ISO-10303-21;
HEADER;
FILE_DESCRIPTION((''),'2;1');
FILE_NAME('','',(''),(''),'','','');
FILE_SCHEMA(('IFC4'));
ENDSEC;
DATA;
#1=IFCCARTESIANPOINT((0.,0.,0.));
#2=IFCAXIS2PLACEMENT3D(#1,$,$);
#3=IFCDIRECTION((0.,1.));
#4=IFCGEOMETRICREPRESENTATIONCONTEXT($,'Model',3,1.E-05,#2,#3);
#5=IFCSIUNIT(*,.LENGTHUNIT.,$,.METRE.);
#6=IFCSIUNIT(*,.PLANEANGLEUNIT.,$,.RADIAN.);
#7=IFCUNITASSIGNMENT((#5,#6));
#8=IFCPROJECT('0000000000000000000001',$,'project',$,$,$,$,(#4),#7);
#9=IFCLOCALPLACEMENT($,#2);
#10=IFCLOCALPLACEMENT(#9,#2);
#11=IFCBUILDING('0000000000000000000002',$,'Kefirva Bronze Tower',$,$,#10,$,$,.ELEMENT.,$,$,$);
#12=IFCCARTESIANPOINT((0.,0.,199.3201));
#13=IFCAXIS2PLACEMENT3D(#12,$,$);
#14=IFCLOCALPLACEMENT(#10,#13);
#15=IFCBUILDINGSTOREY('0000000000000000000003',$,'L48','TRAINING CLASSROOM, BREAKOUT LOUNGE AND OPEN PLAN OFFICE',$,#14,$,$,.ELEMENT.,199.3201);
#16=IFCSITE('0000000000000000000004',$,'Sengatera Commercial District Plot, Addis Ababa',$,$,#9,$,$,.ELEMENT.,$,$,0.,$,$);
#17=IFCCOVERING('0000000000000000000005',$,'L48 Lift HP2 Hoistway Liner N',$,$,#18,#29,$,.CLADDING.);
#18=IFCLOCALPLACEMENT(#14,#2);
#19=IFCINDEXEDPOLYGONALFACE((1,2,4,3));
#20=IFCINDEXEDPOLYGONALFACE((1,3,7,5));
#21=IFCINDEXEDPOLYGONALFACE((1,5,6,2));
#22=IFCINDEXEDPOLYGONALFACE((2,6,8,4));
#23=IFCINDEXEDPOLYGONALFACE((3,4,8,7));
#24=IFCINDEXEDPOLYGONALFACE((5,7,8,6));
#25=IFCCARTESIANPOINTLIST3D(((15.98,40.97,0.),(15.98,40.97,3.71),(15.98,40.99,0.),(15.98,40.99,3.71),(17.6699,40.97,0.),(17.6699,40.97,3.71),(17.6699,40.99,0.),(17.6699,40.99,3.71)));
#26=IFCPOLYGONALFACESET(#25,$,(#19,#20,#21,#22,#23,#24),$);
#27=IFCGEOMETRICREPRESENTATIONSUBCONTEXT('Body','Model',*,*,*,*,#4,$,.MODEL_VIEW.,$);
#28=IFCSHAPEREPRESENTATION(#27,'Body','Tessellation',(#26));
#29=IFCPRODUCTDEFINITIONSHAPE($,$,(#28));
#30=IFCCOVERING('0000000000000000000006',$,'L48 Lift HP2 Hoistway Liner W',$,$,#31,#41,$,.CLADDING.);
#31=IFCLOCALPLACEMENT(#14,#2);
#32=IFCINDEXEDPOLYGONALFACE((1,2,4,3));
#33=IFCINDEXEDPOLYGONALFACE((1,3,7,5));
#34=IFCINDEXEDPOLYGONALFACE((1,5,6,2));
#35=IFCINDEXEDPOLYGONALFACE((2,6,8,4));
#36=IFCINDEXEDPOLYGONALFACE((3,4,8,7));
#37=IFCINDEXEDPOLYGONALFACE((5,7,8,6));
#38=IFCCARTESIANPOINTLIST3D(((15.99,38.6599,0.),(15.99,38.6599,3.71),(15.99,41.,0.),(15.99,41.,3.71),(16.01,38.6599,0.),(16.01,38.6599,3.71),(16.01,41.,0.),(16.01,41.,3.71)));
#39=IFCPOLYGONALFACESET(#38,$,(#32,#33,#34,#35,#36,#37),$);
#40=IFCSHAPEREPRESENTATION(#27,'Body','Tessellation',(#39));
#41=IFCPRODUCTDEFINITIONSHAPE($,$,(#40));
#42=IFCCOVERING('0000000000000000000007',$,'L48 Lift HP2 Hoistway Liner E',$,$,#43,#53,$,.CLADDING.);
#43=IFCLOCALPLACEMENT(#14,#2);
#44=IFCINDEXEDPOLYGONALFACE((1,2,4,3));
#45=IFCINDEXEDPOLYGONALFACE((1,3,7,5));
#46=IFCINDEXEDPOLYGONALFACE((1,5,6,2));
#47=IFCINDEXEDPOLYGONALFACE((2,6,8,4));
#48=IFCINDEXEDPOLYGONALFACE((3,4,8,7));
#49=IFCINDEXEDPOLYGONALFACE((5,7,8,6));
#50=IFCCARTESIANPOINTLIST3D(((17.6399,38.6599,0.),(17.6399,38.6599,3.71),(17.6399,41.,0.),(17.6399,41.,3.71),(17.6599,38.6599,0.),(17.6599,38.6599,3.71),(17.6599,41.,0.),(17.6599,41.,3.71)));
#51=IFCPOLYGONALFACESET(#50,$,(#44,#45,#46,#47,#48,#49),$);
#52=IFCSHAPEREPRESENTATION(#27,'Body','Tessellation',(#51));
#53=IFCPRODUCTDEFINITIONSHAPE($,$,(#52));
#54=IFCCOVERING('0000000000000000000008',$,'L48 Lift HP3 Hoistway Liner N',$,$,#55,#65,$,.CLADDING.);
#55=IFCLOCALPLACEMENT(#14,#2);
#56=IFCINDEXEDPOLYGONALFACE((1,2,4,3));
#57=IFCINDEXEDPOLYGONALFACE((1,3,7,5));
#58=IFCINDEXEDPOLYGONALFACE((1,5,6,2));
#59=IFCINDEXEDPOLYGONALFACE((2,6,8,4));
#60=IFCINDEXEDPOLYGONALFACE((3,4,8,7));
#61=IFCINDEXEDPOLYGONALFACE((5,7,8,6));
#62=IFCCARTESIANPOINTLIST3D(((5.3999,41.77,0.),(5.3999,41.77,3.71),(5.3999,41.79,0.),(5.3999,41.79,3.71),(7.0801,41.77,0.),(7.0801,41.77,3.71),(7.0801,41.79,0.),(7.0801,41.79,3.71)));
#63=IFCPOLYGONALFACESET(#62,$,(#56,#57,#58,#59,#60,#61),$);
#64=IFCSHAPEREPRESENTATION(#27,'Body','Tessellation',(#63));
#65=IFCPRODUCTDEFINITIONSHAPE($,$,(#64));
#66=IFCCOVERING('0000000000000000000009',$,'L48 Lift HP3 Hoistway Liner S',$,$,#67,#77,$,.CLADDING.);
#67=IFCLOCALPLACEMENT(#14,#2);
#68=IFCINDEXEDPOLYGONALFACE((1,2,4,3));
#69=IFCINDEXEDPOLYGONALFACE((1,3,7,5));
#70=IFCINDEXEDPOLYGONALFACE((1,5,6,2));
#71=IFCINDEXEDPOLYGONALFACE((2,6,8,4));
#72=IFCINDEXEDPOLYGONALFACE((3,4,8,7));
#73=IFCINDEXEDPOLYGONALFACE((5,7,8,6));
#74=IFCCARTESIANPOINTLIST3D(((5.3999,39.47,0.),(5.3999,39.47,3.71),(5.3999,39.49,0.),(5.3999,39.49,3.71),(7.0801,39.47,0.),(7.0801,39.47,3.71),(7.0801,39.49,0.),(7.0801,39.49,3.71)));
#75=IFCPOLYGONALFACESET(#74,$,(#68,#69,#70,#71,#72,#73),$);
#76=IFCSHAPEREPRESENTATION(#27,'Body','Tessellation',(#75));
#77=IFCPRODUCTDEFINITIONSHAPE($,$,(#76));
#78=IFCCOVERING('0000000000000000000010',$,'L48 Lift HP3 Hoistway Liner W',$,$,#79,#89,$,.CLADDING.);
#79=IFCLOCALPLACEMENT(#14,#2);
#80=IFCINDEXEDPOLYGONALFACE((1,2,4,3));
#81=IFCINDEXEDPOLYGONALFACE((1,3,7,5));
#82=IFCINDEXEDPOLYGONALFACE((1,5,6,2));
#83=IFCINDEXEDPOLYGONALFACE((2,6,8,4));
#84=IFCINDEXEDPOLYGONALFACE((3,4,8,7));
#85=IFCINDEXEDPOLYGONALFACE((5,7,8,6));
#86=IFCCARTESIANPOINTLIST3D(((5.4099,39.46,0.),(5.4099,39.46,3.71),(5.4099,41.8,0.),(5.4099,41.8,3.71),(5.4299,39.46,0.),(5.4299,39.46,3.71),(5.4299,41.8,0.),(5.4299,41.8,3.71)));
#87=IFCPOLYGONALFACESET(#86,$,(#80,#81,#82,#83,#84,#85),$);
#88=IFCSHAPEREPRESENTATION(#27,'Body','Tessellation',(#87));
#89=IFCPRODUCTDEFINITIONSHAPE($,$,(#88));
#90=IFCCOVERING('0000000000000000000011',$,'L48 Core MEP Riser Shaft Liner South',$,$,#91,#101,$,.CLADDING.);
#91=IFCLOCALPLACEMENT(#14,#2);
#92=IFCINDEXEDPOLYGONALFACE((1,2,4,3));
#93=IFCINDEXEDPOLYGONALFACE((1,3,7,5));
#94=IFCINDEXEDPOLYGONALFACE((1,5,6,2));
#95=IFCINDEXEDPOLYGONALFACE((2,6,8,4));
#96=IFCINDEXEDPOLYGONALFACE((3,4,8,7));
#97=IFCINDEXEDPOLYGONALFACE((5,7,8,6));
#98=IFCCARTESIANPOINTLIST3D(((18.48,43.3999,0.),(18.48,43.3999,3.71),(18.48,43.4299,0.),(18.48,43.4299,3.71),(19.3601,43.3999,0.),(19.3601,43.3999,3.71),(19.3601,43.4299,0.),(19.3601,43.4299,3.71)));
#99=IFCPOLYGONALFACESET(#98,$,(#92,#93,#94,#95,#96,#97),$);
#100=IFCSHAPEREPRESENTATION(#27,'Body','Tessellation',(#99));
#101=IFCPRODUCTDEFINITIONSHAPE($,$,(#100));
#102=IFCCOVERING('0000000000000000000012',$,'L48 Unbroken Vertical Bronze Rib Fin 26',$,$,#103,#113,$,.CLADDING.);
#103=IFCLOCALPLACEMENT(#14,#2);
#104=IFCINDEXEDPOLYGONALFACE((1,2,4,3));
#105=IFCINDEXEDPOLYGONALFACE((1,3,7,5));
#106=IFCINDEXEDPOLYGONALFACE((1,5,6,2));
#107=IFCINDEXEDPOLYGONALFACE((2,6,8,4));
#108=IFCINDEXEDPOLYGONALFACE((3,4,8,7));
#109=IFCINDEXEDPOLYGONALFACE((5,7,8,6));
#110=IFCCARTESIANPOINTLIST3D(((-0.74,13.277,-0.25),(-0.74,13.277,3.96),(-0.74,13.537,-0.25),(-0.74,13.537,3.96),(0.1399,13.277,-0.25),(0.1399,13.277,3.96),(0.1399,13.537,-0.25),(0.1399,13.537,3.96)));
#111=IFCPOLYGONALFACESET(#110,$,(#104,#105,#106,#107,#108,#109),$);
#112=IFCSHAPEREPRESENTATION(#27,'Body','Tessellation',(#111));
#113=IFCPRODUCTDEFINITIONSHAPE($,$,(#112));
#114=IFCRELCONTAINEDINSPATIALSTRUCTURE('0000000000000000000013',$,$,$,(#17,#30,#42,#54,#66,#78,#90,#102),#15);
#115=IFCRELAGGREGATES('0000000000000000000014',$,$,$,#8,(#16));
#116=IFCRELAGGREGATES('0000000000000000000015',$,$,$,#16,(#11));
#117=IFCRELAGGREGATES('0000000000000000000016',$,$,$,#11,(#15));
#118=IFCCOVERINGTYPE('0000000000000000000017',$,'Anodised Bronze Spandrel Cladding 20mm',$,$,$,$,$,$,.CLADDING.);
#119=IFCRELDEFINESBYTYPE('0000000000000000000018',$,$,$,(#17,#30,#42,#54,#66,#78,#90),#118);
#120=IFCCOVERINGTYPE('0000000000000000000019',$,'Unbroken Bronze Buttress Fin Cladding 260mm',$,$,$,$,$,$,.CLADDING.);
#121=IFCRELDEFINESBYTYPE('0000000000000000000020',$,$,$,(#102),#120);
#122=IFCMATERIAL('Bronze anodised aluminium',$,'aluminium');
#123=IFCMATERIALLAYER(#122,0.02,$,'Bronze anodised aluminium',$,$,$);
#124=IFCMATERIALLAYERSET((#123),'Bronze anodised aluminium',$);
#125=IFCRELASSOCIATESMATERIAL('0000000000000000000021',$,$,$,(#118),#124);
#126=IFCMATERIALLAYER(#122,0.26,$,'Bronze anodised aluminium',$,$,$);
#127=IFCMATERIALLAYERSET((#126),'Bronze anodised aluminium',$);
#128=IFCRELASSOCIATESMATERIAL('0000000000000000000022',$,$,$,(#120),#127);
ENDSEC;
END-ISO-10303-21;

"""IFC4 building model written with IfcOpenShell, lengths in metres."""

from ifc_helpers import new_model, si_unit, direction, frame, origin, origin_2d, place, context, subcontext, project, spatial, polyline, rectangle, outline, extrude, material, layer, layer_set, type_object, element, save


model = new_model("IFC4")

# Units and contexts
model_context = context("Model", 3, precision=1e-05, world=origin(), true_north=direction((0.0, 1.0)))
body_context = subcontext(model_context, "Body", "Model", "MODEL_VIEW")
ifc_project = project(units=[si_unit("LENGTHUNIT", "METRE"), si_unit("PLANEANGLEUNIT", "RADIAN")], contexts=[model_context])

# Site, building, storey
site_placement = place(None, origin())
site = spatial("IfcSite", under=ifc_project, at=site_placement, Name="Sengatera Commercial District Plot, Addis Ababa", CompositionType="ELEMENT", RefElevation=0.0)
building_placement = place(site_placement, origin())
building = spatial("IfcBuilding", under=site, at=building_placement, Name="Kefirva Bronze Tower", CompositionType="ELEMENT")
storey_placement = place(building_placement, frame((0.0, 0.0, 199.3201)))
storey = spatial("IfcBuildingStorey", under=building, at=storey_placement, Name="L48", Description="TRAINING CLASSROOM, BREAKOUT LOUNGE AND OPEN PLAN OFFICE", CompositionType="ELEMENT", Elevation=199.3201)

# Coverings
ifc_material_1 = material(Name="Bronze anodised aluminium", Category="aluminium")
ifc_layer_1 = layer(ifc_material_1, 0.02, Name="Bronze anodised aluminium")
ifc_layer_set_1 = layer_set([ifc_layer_1], Name="Bronze anodised aluminium")
covering_type_1 = type_object("IfcCoveringType", Name="Anodised Bronze Spandrel Cladding 20mm", PredefinedType="CLADDING", material=ifc_layer_set_1)
covering_1_placement = place(storey_placement, origin())
element("IfcCovering", 1, at=covering_1_placement, inside=storey, type_object=covering_type_1, Name="L48 Lift HP2 Hoistway Liner N", PredefinedType="CLADDING", context=body_context, shape_type="SweptSolid", body=[
    extrude(outline(polyline([(15.98, 40.97), (17.6699, 40.97), (17.6699, 40.99), (15.98, 40.99), (15.98, 40.97)])), origin(), (0.0, 0.0, 1.0), 3.71),
])
covering_2_placement = place(storey_placement, origin())
element("IfcCovering", 2, at=covering_2_placement, inside=storey, type_object=covering_type_1, Name="L48 Lift HP2 Hoistway Liner W", PredefinedType="CLADDING", context=body_context, shape_type="SweptSolid", body=[
    extrude(outline(polyline([(15.99, 38.6599), (16.01, 38.6599), (16.01, 41.0), (15.99, 41.0), (15.99, 38.6599)])), origin(), (0.0, 0.0, 1.0), 3.71),
])
covering_3_placement = place(storey_placement, origin())
element("IfcCovering", 3, at=covering_3_placement, inside=storey, type_object=covering_type_1, Name="L48 Lift HP2 Hoistway Liner E", PredefinedType="CLADDING", context=body_context, shape_type="SweptSolid", body=[
    extrude(outline(polyline([(17.6399, 38.6599), (17.6599, 38.6599), (17.6599, 41.0), (17.6399, 41.0), (17.6399, 38.6599)])), origin(), (0.0, 0.0, 1.0), 3.71),
])
covering_4_placement = place(storey_placement, origin())
element("IfcCovering", 4, at=covering_4_placement, inside=storey, type_object=covering_type_1, Name="L48 Lift HP3 Hoistway Liner N", PredefinedType="CLADDING", context=body_context, shape_type="SweptSolid", body=[
    extrude(outline(polyline([(5.3999, 41.77), (7.0801, 41.77), (7.0801, 41.79), (5.3999, 41.79), (5.3999, 41.77)])), origin(), (0.0, 0.0, 1.0), 3.71),
])
covering_5_placement = place(storey_placement, origin())
element("IfcCovering", 5, at=covering_5_placement, inside=storey, type_object=covering_type_1, Name="L48 Lift HP3 Hoistway Liner S", PredefinedType="CLADDING", context=body_context, shape_type="SweptSolid", body=[
    extrude(outline(polyline([(5.3999, 39.47), (7.0801, 39.47), (7.0801, 39.49), (5.3999, 39.49), (5.3999, 39.47)])), origin(), (0.0, 0.0, 1.0), 3.71),
])
covering_6_placement = place(storey_placement, origin())
element("IfcCovering", 6, at=covering_6_placement, inside=storey, type_object=covering_type_1, Name="L48 Lift HP3 Hoistway Liner W", PredefinedType="CLADDING", context=body_context, shape_type="SweptSolid", body=[
    extrude(outline(polyline([(5.4099, 39.46), (5.4299, 39.46), (5.4299, 41.8), (5.4099, 41.8), (5.4099, 39.46)])), origin(), (0.0, 0.0, 1.0), 3.71),
])
covering_7_placement = place(storey_placement, origin())
element("IfcCovering", 7, at=covering_7_placement, inside=storey, type_object=covering_type_1, Name="L48 Core MEP Riser Shaft Liner South", PredefinedType="CLADDING", context=body_context, shape_type="SweptSolid", body=[
    extrude(outline(polyline([(18.48, 43.3999), (19.3601, 43.3999), (19.3601, 43.4299), (18.48, 43.4299), (18.48, 43.3999)])), origin(), (0.0, 0.0, 1.0), 3.71),
])
ifc_layer_2 = layer(ifc_material_1, 0.26, Name="Bronze anodised aluminium")
ifc_layer_set_2 = layer_set([ifc_layer_2], Name="Bronze anodised aluminium")
covering_type_2 = type_object("IfcCoveringType", Name="Unbroken Bronze Buttress Fin Cladding 260mm", PredefinedType="CLADDING", material=ifc_layer_set_2)
covering_8_placement = place(storey_placement, frame((-0.3, 13.407, -0.25), z_axis=(0.0, 0.0, 1.0), x_axis=(0.0, -1.0, 0.0)))
element("IfcCovering", 8, at=covering_8_placement, inside=storey, type_object=covering_type_2, Name="L48 Unbroken Vertical Bronze Rib Fin 26", PredefinedType="CLADDING", context=body_context, shape_type="SweptSolid", body=[
    extrude(rectangle(XDim=0.26, YDim=0.8799, at=origin_2d()), origin(), (0.0, 0.0, 1.0), 4.21),
])

save(model, "model.ifc")
